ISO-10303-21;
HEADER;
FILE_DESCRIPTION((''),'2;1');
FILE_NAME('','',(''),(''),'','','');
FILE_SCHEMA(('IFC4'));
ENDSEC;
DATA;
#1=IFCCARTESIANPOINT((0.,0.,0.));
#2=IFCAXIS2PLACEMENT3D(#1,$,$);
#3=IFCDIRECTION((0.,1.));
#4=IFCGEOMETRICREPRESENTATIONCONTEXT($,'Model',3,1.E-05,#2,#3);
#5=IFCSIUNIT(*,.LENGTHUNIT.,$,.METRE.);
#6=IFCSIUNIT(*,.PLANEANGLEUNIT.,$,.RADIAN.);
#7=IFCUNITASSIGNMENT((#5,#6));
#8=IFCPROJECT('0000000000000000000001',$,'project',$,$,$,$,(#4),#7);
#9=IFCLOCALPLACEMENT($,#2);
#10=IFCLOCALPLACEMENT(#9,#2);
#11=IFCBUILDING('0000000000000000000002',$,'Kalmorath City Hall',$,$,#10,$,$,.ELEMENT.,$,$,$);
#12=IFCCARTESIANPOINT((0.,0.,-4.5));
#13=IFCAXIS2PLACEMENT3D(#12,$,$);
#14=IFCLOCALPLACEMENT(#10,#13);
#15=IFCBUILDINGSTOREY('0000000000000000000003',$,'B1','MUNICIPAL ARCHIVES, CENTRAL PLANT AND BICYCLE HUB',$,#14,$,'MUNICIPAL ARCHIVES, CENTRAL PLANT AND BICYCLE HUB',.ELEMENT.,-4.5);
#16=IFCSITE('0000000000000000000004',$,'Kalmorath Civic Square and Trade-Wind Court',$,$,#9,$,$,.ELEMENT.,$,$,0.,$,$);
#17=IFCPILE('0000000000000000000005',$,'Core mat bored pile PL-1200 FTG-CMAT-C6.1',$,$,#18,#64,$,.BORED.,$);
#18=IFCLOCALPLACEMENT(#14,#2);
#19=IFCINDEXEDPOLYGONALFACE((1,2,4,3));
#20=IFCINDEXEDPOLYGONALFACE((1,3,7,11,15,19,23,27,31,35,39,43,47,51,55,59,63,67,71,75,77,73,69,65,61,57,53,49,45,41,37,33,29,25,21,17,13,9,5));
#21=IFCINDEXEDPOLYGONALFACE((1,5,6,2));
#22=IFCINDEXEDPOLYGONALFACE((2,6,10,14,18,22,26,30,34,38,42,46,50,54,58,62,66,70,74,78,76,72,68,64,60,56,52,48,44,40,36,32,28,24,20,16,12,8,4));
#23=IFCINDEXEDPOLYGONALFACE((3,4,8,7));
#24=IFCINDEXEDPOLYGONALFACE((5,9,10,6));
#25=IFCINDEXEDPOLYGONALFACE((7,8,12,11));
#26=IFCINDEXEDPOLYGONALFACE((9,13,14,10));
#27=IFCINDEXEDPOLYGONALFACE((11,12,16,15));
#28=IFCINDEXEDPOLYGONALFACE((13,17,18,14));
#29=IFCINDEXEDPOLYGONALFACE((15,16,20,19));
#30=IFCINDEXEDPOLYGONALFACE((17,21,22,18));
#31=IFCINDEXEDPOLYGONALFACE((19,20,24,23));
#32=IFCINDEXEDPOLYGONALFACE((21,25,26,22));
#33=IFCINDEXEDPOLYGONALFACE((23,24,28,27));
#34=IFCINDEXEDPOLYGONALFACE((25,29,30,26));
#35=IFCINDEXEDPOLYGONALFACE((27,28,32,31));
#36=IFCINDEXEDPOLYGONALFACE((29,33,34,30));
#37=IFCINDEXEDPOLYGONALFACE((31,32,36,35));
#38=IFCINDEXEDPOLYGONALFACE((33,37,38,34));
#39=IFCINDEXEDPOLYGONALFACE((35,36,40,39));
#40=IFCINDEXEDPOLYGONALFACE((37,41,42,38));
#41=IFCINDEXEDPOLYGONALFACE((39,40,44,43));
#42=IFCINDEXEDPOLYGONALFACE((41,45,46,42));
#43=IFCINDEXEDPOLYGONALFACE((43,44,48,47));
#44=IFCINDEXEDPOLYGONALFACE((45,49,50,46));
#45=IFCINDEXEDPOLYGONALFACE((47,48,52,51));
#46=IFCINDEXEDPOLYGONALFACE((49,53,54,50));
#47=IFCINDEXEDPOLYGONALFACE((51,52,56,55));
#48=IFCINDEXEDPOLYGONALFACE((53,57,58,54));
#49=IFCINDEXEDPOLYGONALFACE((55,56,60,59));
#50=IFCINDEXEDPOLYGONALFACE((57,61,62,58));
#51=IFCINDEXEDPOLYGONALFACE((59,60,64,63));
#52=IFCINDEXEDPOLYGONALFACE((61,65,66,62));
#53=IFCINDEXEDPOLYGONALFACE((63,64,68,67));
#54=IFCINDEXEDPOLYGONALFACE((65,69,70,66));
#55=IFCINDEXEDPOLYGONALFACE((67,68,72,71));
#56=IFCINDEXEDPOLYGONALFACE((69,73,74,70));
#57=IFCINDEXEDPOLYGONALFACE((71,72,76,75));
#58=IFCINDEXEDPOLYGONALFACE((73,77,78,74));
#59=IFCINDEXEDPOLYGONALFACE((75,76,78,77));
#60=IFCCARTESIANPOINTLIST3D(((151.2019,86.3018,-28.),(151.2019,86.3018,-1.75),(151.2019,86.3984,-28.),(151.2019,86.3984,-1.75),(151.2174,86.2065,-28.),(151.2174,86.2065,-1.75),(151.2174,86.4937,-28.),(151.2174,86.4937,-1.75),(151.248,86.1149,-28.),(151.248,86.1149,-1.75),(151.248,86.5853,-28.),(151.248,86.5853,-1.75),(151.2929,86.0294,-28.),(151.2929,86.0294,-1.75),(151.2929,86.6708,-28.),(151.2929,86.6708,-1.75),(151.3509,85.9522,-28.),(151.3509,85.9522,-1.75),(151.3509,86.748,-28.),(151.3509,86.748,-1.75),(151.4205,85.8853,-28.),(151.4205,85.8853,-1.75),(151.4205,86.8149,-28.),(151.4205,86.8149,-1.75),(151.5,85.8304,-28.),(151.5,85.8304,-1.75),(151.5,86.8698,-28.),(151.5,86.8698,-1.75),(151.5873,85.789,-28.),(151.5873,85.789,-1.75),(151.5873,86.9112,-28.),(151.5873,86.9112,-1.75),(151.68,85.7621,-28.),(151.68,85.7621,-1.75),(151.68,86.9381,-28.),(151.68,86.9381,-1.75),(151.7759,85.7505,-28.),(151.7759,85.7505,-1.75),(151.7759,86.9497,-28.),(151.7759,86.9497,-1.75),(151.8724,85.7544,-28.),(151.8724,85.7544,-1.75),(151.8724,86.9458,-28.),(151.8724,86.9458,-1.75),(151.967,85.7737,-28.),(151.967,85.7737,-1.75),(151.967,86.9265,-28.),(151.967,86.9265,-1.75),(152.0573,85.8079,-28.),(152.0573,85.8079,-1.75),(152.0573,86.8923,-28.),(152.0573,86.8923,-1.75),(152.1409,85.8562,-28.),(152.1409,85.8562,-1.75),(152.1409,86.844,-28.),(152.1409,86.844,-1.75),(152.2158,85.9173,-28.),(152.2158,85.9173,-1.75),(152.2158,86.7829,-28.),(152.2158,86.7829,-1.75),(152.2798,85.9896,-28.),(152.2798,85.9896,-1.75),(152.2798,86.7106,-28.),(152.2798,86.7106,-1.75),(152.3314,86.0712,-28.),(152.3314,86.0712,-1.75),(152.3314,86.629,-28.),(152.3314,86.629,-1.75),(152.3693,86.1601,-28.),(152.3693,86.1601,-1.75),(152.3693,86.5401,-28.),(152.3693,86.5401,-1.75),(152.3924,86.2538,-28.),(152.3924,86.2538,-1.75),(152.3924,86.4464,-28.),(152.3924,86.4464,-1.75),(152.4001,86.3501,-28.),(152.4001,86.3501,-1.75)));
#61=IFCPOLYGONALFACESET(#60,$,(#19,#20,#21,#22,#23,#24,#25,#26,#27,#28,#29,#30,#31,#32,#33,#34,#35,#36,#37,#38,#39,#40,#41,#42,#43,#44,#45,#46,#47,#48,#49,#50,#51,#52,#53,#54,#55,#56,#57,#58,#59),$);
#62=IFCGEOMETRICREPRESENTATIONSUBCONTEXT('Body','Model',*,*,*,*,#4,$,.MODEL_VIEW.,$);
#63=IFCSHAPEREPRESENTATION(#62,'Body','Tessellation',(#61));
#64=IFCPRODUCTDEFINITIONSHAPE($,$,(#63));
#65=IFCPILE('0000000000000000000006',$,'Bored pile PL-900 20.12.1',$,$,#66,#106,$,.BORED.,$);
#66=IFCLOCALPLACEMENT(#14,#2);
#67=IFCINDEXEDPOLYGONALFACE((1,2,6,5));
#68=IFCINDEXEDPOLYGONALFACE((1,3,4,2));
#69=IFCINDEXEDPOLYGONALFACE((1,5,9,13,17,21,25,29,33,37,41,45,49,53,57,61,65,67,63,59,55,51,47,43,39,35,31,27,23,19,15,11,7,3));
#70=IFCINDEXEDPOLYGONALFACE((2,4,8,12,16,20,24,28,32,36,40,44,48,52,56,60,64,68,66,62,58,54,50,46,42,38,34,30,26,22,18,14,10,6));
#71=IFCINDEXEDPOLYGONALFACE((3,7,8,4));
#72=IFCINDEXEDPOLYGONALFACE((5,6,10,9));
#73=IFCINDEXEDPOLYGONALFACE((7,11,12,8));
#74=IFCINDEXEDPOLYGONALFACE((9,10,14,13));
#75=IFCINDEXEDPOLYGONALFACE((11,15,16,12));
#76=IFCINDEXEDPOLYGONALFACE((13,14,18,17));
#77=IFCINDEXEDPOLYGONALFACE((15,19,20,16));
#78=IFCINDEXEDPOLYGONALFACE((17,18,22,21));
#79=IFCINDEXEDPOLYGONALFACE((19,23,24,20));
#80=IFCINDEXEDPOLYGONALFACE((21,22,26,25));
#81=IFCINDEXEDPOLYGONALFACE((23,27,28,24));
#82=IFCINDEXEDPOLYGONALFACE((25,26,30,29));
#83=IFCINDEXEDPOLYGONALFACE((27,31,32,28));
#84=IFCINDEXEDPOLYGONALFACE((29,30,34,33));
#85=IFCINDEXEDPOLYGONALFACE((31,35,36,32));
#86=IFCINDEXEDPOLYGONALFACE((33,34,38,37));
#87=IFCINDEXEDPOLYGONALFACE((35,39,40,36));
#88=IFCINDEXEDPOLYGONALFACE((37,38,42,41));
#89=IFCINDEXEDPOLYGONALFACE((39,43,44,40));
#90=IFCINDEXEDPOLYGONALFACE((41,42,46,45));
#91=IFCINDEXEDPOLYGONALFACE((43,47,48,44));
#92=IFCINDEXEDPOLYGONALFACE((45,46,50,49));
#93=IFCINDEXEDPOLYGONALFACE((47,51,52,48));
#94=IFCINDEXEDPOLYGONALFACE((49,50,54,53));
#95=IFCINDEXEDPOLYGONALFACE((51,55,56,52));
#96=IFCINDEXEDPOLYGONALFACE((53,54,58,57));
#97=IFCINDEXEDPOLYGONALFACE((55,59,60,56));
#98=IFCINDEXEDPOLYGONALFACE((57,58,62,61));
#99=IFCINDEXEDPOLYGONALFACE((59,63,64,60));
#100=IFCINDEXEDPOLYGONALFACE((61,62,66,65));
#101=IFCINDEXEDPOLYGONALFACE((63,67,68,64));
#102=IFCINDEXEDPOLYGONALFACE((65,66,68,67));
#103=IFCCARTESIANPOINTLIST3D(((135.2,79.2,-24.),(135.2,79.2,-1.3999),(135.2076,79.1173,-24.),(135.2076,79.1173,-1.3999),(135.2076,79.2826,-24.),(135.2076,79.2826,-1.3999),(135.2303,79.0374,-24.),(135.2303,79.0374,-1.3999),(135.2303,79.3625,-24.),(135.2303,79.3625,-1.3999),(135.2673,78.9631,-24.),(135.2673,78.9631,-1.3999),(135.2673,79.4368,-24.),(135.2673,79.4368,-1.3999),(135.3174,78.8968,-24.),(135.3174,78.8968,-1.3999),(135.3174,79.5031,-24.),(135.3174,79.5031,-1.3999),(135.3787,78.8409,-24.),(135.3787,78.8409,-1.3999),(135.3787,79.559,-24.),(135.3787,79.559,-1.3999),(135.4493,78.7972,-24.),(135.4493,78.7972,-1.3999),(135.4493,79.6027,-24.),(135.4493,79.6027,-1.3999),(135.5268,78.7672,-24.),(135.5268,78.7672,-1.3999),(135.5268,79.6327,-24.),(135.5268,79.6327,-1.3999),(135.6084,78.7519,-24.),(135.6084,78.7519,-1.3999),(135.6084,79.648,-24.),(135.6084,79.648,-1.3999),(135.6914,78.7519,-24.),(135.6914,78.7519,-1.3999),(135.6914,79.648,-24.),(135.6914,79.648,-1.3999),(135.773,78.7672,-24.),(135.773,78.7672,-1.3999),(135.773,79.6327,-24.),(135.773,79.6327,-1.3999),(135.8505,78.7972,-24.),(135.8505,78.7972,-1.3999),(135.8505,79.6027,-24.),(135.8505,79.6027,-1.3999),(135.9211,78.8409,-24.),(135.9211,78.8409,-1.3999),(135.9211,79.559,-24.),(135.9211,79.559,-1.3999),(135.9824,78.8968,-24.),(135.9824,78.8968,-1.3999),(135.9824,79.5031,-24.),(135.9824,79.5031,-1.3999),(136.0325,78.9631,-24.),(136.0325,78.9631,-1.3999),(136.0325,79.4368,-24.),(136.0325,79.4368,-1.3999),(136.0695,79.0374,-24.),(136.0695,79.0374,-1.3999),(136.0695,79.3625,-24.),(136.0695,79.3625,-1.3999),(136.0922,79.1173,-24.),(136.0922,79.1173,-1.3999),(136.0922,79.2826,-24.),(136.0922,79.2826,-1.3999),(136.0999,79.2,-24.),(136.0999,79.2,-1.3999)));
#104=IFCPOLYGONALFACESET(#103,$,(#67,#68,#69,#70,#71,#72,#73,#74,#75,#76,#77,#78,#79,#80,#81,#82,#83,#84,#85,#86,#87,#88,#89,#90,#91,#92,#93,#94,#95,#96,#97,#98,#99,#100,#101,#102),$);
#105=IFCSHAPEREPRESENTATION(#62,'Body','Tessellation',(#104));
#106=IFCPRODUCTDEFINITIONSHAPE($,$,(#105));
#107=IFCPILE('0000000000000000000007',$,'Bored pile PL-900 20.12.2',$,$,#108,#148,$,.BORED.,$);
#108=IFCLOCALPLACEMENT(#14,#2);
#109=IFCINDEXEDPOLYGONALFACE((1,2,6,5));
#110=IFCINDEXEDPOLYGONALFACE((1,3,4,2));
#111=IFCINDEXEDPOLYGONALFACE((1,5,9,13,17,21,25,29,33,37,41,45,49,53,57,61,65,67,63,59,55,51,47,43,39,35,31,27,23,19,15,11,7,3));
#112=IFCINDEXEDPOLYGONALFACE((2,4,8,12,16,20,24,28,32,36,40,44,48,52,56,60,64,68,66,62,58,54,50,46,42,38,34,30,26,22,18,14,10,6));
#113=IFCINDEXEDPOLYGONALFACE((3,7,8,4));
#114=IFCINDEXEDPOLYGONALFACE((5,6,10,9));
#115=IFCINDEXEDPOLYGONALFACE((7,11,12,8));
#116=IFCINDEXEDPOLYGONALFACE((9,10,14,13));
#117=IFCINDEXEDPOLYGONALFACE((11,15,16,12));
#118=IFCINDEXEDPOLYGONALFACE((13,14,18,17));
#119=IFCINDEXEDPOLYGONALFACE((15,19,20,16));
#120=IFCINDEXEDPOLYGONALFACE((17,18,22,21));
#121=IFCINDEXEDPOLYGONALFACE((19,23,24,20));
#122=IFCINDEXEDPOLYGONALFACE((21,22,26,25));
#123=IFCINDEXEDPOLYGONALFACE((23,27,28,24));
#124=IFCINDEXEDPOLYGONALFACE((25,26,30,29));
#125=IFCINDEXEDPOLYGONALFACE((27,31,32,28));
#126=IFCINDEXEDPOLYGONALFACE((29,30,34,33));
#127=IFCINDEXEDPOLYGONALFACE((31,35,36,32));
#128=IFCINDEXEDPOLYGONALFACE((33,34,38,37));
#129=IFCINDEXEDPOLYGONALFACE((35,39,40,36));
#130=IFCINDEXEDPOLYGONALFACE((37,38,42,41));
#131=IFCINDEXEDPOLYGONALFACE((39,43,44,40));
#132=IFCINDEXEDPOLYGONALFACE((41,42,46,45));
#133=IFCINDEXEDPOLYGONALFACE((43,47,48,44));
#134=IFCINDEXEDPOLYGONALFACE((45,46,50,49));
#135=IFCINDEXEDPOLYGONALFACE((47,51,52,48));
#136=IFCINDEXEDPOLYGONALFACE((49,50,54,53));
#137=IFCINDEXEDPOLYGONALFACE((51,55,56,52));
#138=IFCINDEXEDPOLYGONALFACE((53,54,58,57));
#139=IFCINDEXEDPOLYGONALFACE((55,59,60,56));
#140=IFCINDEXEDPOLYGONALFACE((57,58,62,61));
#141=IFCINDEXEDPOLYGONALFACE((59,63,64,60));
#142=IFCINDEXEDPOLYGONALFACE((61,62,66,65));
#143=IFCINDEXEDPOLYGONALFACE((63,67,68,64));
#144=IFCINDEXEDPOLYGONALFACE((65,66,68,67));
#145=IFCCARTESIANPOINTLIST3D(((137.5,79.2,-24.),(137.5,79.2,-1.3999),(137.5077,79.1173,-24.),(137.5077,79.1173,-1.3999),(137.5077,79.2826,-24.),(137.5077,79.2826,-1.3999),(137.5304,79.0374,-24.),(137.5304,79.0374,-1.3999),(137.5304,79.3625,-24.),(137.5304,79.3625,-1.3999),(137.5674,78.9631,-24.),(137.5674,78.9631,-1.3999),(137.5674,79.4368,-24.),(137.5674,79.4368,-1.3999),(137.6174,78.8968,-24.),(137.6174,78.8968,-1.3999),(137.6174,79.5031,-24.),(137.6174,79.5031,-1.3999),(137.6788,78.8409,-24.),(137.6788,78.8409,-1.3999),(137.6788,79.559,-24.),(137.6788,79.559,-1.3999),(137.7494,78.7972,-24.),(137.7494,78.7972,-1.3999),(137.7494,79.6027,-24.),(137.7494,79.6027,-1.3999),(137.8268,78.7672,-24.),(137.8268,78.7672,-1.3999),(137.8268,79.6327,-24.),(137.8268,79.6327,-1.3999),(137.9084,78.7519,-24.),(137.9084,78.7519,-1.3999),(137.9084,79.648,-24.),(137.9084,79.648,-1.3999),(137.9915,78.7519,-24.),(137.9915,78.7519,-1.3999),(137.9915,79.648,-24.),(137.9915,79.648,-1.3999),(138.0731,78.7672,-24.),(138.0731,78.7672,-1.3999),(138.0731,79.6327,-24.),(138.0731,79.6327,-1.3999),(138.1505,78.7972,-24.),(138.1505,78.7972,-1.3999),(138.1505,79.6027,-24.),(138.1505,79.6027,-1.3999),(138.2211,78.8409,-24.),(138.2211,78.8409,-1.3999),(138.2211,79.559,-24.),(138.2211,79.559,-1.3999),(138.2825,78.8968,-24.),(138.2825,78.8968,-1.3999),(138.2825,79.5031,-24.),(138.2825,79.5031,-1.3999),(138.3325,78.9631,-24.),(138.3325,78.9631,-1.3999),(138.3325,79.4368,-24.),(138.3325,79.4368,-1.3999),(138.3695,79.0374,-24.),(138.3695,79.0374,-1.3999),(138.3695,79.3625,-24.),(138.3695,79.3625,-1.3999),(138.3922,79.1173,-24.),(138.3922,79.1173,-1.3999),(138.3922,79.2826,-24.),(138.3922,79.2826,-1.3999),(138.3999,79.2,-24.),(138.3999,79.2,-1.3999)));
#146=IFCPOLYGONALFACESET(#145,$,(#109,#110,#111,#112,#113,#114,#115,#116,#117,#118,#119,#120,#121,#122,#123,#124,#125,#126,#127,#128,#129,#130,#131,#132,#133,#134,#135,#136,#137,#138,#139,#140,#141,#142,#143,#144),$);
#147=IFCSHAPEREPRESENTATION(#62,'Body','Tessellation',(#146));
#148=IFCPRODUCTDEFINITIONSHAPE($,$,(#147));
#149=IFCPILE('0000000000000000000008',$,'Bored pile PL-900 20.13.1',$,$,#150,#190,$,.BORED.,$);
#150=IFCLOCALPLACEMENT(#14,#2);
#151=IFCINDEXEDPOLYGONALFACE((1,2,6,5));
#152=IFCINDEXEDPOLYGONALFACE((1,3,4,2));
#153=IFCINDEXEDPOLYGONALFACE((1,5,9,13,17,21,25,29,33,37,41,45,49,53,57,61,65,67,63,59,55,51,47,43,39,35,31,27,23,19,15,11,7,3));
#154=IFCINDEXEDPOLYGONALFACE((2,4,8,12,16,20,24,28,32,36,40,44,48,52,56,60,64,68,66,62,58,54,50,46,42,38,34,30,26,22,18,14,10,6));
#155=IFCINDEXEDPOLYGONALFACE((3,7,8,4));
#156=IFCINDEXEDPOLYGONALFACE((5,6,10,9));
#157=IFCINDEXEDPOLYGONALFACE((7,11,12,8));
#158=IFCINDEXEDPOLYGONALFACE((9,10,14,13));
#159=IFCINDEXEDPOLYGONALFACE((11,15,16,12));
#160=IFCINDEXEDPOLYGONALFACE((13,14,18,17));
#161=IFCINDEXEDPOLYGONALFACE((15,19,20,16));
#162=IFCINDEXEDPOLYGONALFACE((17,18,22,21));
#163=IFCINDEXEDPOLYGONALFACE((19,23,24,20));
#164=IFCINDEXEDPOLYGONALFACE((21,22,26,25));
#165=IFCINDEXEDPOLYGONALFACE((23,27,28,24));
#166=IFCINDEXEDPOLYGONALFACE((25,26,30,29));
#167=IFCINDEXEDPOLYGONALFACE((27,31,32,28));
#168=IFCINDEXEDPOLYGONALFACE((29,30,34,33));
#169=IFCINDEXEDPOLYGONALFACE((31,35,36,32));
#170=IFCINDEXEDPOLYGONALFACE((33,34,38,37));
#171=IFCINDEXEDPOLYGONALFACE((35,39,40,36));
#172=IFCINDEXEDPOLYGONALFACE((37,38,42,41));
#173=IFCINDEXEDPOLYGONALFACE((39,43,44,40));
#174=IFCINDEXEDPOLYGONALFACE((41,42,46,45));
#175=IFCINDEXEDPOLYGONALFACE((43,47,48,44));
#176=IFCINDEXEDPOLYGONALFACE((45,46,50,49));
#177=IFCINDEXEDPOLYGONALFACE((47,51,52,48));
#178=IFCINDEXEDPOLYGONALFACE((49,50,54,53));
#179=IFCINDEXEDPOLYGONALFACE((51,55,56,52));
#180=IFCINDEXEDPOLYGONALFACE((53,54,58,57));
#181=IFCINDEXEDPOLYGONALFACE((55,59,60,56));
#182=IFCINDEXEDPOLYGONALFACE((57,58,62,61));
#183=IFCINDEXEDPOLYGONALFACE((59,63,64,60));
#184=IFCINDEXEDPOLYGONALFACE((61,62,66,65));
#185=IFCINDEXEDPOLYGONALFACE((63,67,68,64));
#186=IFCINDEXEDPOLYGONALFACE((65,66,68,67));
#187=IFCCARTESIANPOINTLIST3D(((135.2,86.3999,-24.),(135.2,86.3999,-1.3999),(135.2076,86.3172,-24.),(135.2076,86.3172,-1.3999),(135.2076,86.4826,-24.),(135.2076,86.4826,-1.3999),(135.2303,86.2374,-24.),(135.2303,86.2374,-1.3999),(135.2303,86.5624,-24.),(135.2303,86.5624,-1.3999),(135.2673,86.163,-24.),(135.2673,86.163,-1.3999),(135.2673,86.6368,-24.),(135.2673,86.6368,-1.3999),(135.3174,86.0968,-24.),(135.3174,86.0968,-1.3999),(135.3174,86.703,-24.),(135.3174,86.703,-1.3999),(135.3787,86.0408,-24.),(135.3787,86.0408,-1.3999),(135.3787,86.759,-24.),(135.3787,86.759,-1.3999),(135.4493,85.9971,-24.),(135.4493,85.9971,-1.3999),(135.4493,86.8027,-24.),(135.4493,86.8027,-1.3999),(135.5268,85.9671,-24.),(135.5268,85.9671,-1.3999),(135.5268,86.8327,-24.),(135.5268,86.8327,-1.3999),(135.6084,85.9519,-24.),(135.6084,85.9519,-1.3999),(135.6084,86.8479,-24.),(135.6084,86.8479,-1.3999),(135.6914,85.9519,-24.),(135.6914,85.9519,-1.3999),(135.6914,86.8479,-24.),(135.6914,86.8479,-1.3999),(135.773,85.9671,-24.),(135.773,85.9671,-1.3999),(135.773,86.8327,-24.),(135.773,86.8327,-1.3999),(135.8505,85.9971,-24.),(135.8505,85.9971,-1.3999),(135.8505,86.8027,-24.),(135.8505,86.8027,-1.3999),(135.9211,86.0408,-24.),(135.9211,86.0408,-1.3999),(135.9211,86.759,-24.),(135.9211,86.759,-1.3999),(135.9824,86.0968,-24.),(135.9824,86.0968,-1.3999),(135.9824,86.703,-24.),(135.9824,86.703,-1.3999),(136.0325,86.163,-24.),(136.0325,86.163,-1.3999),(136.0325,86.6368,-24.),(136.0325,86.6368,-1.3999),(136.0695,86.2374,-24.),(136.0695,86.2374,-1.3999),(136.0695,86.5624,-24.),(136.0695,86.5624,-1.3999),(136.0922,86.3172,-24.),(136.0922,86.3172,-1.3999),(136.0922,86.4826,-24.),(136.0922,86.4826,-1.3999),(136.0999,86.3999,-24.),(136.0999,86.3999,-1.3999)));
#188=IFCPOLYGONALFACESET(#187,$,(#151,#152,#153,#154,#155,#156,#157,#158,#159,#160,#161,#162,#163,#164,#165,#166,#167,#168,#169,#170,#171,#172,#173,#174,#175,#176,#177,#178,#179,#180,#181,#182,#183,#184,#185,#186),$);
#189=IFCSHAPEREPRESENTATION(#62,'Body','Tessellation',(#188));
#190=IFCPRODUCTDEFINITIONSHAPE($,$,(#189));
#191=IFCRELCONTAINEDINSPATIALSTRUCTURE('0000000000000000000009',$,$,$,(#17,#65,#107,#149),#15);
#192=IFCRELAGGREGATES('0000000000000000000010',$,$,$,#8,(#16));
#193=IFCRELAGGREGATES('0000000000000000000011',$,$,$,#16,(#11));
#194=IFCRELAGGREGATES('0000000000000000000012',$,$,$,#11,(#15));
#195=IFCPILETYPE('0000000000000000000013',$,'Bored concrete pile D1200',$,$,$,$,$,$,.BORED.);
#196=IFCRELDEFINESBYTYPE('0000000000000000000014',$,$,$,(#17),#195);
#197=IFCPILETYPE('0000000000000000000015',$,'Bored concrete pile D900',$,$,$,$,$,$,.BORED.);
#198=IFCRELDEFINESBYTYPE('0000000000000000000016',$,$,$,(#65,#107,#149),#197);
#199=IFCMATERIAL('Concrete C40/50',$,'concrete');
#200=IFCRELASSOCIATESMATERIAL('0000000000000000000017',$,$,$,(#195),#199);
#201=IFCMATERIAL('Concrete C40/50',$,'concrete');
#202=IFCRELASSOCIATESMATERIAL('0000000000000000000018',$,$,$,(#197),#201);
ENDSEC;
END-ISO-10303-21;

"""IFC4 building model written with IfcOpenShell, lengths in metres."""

from ifc_helpers import new_model, si_unit, direction, frame, origin, origin_2d, place, context, subcontext, project, spatial, circle, extrude, material, material_profile, profile_set, type_object, element, save


model = new_model("IFC4")

# Units and contexts
model_context = context("Model", 3, precision=1e-05, world=origin(), true_north=direction((0.0, 1.0)))
body_context = subcontext(model_context, "Body", "Model", "MODEL_VIEW")
ifc_project = project(units=[si_unit("LENGTHUNIT", "METRE"), si_unit("PLANEANGLEUNIT", "RADIAN")], contexts=[model_context])

# Site, building, storey
site_placement = place(None, origin())
site = spatial("IfcSite", under=ifc_project, at=site_placement, Name="Kalmorath Civic Square and Trade-Wind Court", CompositionType="ELEMENT", RefElevation=0.0)
building_placement = place(site_placement, origin())
building = spatial("IfcBuilding", under=site, at=building_placement, Name="Kalmorath City Hall", CompositionType="ELEMENT")
storey_placement = place(building_placement, frame((0.0, 0.0, -4.5)))
storey = spatial("IfcBuildingStorey", under=building, at=storey_placement, Name="B1", Description="MUNICIPAL ARCHIVES, CENTRAL PLANT AND BICYCLE HUB", LongName="MUNICIPAL ARCHIVES, CENTRAL PLANT AND BICYCLE HUB", CompositionType="ELEMENT", Elevation=-4.5)

# Piles
ifc_material_1 = material(Name="Concrete C40/50", Category="concrete")
ifc_material_profile_1 = material_profile(ifc_material_1, circle(Radius=0.6001, at=origin_2d()), Name="PILE-D1200")
ifc_profile_set_1 = profile_set([ifc_material_profile_1], Name="Concrete C40/50")
pile_type_1 = type_object("IfcPileType", Name="Bored concrete pile D1200", PredefinedType="BORED", material=ifc_profile_set_1)
pile_placement = place(storey_placement, frame((151.8, 86.3501, -1.75), z_axis=(0.0, 0.0, -1.0), x_axis=(1.0, 0.0, 0.0)))
element("IfcPile", 1, at=pile_placement, inside=storey, type_object=pile_type_1, Name="Core mat bored pile PL-1200 FTG-CMAT-C6.1", PredefinedType="BORED", context=body_context, shape_type="SweptSolid", body=[
    extrude(circle(Radius=0.6001, at=origin_2d()), origin(), (0.0, 0.0, 1.0), 26.25),
])
ifc_material_2 = material(Name="Concrete C40/50", Category="concrete")
ifc_material_profile_2 = material_profile(ifc_material_2, circle(Radius=0.45, at=origin_2d()), Name="PILE-D900")
ifc_profile_set_2 = profile_set([ifc_material_profile_2], Name="Concrete C40/50")
pile_type_2 = type_object("IfcPileType", Name="Bored concrete pile D900", PredefinedType="BORED", material=ifc_profile_set_2)
for number, where, z_axis, x_axis, name in (
    (2, (135.6499, 79.2, -1.3999), (0.0, 0.0, -1.0), (1.0, 0.0, 0.0), "Bored pile PL-900 20.12.1"),
    (3, (137.95, 79.2, -1.3999), (0.0, 0.0, -1.0), (1.0, 0.0, 0.0), "Bored pile PL-900 20.12.2"),
    (4, (135.6499, 86.3999, -1.3999), (0.0, 0.0, -1.0), (1.0, 0.0, 0.0), "Bored pile PL-900 20.13.1"),
):
    element("IfcPile", number, at=place(storey_placement, frame(where, z_axis=z_axis, x_axis=x_axis)), inside=storey, type_object=pile_type_2, Name=name, PredefinedType="BORED", context=body_context, shape_type="SweptSolid", body=[
        extrude(circle(Radius=0.45, at=origin_2d()), origin(), (0.0, 0.0, 1.0), 22.6001),
    ])

save(model, "model.ifc")
